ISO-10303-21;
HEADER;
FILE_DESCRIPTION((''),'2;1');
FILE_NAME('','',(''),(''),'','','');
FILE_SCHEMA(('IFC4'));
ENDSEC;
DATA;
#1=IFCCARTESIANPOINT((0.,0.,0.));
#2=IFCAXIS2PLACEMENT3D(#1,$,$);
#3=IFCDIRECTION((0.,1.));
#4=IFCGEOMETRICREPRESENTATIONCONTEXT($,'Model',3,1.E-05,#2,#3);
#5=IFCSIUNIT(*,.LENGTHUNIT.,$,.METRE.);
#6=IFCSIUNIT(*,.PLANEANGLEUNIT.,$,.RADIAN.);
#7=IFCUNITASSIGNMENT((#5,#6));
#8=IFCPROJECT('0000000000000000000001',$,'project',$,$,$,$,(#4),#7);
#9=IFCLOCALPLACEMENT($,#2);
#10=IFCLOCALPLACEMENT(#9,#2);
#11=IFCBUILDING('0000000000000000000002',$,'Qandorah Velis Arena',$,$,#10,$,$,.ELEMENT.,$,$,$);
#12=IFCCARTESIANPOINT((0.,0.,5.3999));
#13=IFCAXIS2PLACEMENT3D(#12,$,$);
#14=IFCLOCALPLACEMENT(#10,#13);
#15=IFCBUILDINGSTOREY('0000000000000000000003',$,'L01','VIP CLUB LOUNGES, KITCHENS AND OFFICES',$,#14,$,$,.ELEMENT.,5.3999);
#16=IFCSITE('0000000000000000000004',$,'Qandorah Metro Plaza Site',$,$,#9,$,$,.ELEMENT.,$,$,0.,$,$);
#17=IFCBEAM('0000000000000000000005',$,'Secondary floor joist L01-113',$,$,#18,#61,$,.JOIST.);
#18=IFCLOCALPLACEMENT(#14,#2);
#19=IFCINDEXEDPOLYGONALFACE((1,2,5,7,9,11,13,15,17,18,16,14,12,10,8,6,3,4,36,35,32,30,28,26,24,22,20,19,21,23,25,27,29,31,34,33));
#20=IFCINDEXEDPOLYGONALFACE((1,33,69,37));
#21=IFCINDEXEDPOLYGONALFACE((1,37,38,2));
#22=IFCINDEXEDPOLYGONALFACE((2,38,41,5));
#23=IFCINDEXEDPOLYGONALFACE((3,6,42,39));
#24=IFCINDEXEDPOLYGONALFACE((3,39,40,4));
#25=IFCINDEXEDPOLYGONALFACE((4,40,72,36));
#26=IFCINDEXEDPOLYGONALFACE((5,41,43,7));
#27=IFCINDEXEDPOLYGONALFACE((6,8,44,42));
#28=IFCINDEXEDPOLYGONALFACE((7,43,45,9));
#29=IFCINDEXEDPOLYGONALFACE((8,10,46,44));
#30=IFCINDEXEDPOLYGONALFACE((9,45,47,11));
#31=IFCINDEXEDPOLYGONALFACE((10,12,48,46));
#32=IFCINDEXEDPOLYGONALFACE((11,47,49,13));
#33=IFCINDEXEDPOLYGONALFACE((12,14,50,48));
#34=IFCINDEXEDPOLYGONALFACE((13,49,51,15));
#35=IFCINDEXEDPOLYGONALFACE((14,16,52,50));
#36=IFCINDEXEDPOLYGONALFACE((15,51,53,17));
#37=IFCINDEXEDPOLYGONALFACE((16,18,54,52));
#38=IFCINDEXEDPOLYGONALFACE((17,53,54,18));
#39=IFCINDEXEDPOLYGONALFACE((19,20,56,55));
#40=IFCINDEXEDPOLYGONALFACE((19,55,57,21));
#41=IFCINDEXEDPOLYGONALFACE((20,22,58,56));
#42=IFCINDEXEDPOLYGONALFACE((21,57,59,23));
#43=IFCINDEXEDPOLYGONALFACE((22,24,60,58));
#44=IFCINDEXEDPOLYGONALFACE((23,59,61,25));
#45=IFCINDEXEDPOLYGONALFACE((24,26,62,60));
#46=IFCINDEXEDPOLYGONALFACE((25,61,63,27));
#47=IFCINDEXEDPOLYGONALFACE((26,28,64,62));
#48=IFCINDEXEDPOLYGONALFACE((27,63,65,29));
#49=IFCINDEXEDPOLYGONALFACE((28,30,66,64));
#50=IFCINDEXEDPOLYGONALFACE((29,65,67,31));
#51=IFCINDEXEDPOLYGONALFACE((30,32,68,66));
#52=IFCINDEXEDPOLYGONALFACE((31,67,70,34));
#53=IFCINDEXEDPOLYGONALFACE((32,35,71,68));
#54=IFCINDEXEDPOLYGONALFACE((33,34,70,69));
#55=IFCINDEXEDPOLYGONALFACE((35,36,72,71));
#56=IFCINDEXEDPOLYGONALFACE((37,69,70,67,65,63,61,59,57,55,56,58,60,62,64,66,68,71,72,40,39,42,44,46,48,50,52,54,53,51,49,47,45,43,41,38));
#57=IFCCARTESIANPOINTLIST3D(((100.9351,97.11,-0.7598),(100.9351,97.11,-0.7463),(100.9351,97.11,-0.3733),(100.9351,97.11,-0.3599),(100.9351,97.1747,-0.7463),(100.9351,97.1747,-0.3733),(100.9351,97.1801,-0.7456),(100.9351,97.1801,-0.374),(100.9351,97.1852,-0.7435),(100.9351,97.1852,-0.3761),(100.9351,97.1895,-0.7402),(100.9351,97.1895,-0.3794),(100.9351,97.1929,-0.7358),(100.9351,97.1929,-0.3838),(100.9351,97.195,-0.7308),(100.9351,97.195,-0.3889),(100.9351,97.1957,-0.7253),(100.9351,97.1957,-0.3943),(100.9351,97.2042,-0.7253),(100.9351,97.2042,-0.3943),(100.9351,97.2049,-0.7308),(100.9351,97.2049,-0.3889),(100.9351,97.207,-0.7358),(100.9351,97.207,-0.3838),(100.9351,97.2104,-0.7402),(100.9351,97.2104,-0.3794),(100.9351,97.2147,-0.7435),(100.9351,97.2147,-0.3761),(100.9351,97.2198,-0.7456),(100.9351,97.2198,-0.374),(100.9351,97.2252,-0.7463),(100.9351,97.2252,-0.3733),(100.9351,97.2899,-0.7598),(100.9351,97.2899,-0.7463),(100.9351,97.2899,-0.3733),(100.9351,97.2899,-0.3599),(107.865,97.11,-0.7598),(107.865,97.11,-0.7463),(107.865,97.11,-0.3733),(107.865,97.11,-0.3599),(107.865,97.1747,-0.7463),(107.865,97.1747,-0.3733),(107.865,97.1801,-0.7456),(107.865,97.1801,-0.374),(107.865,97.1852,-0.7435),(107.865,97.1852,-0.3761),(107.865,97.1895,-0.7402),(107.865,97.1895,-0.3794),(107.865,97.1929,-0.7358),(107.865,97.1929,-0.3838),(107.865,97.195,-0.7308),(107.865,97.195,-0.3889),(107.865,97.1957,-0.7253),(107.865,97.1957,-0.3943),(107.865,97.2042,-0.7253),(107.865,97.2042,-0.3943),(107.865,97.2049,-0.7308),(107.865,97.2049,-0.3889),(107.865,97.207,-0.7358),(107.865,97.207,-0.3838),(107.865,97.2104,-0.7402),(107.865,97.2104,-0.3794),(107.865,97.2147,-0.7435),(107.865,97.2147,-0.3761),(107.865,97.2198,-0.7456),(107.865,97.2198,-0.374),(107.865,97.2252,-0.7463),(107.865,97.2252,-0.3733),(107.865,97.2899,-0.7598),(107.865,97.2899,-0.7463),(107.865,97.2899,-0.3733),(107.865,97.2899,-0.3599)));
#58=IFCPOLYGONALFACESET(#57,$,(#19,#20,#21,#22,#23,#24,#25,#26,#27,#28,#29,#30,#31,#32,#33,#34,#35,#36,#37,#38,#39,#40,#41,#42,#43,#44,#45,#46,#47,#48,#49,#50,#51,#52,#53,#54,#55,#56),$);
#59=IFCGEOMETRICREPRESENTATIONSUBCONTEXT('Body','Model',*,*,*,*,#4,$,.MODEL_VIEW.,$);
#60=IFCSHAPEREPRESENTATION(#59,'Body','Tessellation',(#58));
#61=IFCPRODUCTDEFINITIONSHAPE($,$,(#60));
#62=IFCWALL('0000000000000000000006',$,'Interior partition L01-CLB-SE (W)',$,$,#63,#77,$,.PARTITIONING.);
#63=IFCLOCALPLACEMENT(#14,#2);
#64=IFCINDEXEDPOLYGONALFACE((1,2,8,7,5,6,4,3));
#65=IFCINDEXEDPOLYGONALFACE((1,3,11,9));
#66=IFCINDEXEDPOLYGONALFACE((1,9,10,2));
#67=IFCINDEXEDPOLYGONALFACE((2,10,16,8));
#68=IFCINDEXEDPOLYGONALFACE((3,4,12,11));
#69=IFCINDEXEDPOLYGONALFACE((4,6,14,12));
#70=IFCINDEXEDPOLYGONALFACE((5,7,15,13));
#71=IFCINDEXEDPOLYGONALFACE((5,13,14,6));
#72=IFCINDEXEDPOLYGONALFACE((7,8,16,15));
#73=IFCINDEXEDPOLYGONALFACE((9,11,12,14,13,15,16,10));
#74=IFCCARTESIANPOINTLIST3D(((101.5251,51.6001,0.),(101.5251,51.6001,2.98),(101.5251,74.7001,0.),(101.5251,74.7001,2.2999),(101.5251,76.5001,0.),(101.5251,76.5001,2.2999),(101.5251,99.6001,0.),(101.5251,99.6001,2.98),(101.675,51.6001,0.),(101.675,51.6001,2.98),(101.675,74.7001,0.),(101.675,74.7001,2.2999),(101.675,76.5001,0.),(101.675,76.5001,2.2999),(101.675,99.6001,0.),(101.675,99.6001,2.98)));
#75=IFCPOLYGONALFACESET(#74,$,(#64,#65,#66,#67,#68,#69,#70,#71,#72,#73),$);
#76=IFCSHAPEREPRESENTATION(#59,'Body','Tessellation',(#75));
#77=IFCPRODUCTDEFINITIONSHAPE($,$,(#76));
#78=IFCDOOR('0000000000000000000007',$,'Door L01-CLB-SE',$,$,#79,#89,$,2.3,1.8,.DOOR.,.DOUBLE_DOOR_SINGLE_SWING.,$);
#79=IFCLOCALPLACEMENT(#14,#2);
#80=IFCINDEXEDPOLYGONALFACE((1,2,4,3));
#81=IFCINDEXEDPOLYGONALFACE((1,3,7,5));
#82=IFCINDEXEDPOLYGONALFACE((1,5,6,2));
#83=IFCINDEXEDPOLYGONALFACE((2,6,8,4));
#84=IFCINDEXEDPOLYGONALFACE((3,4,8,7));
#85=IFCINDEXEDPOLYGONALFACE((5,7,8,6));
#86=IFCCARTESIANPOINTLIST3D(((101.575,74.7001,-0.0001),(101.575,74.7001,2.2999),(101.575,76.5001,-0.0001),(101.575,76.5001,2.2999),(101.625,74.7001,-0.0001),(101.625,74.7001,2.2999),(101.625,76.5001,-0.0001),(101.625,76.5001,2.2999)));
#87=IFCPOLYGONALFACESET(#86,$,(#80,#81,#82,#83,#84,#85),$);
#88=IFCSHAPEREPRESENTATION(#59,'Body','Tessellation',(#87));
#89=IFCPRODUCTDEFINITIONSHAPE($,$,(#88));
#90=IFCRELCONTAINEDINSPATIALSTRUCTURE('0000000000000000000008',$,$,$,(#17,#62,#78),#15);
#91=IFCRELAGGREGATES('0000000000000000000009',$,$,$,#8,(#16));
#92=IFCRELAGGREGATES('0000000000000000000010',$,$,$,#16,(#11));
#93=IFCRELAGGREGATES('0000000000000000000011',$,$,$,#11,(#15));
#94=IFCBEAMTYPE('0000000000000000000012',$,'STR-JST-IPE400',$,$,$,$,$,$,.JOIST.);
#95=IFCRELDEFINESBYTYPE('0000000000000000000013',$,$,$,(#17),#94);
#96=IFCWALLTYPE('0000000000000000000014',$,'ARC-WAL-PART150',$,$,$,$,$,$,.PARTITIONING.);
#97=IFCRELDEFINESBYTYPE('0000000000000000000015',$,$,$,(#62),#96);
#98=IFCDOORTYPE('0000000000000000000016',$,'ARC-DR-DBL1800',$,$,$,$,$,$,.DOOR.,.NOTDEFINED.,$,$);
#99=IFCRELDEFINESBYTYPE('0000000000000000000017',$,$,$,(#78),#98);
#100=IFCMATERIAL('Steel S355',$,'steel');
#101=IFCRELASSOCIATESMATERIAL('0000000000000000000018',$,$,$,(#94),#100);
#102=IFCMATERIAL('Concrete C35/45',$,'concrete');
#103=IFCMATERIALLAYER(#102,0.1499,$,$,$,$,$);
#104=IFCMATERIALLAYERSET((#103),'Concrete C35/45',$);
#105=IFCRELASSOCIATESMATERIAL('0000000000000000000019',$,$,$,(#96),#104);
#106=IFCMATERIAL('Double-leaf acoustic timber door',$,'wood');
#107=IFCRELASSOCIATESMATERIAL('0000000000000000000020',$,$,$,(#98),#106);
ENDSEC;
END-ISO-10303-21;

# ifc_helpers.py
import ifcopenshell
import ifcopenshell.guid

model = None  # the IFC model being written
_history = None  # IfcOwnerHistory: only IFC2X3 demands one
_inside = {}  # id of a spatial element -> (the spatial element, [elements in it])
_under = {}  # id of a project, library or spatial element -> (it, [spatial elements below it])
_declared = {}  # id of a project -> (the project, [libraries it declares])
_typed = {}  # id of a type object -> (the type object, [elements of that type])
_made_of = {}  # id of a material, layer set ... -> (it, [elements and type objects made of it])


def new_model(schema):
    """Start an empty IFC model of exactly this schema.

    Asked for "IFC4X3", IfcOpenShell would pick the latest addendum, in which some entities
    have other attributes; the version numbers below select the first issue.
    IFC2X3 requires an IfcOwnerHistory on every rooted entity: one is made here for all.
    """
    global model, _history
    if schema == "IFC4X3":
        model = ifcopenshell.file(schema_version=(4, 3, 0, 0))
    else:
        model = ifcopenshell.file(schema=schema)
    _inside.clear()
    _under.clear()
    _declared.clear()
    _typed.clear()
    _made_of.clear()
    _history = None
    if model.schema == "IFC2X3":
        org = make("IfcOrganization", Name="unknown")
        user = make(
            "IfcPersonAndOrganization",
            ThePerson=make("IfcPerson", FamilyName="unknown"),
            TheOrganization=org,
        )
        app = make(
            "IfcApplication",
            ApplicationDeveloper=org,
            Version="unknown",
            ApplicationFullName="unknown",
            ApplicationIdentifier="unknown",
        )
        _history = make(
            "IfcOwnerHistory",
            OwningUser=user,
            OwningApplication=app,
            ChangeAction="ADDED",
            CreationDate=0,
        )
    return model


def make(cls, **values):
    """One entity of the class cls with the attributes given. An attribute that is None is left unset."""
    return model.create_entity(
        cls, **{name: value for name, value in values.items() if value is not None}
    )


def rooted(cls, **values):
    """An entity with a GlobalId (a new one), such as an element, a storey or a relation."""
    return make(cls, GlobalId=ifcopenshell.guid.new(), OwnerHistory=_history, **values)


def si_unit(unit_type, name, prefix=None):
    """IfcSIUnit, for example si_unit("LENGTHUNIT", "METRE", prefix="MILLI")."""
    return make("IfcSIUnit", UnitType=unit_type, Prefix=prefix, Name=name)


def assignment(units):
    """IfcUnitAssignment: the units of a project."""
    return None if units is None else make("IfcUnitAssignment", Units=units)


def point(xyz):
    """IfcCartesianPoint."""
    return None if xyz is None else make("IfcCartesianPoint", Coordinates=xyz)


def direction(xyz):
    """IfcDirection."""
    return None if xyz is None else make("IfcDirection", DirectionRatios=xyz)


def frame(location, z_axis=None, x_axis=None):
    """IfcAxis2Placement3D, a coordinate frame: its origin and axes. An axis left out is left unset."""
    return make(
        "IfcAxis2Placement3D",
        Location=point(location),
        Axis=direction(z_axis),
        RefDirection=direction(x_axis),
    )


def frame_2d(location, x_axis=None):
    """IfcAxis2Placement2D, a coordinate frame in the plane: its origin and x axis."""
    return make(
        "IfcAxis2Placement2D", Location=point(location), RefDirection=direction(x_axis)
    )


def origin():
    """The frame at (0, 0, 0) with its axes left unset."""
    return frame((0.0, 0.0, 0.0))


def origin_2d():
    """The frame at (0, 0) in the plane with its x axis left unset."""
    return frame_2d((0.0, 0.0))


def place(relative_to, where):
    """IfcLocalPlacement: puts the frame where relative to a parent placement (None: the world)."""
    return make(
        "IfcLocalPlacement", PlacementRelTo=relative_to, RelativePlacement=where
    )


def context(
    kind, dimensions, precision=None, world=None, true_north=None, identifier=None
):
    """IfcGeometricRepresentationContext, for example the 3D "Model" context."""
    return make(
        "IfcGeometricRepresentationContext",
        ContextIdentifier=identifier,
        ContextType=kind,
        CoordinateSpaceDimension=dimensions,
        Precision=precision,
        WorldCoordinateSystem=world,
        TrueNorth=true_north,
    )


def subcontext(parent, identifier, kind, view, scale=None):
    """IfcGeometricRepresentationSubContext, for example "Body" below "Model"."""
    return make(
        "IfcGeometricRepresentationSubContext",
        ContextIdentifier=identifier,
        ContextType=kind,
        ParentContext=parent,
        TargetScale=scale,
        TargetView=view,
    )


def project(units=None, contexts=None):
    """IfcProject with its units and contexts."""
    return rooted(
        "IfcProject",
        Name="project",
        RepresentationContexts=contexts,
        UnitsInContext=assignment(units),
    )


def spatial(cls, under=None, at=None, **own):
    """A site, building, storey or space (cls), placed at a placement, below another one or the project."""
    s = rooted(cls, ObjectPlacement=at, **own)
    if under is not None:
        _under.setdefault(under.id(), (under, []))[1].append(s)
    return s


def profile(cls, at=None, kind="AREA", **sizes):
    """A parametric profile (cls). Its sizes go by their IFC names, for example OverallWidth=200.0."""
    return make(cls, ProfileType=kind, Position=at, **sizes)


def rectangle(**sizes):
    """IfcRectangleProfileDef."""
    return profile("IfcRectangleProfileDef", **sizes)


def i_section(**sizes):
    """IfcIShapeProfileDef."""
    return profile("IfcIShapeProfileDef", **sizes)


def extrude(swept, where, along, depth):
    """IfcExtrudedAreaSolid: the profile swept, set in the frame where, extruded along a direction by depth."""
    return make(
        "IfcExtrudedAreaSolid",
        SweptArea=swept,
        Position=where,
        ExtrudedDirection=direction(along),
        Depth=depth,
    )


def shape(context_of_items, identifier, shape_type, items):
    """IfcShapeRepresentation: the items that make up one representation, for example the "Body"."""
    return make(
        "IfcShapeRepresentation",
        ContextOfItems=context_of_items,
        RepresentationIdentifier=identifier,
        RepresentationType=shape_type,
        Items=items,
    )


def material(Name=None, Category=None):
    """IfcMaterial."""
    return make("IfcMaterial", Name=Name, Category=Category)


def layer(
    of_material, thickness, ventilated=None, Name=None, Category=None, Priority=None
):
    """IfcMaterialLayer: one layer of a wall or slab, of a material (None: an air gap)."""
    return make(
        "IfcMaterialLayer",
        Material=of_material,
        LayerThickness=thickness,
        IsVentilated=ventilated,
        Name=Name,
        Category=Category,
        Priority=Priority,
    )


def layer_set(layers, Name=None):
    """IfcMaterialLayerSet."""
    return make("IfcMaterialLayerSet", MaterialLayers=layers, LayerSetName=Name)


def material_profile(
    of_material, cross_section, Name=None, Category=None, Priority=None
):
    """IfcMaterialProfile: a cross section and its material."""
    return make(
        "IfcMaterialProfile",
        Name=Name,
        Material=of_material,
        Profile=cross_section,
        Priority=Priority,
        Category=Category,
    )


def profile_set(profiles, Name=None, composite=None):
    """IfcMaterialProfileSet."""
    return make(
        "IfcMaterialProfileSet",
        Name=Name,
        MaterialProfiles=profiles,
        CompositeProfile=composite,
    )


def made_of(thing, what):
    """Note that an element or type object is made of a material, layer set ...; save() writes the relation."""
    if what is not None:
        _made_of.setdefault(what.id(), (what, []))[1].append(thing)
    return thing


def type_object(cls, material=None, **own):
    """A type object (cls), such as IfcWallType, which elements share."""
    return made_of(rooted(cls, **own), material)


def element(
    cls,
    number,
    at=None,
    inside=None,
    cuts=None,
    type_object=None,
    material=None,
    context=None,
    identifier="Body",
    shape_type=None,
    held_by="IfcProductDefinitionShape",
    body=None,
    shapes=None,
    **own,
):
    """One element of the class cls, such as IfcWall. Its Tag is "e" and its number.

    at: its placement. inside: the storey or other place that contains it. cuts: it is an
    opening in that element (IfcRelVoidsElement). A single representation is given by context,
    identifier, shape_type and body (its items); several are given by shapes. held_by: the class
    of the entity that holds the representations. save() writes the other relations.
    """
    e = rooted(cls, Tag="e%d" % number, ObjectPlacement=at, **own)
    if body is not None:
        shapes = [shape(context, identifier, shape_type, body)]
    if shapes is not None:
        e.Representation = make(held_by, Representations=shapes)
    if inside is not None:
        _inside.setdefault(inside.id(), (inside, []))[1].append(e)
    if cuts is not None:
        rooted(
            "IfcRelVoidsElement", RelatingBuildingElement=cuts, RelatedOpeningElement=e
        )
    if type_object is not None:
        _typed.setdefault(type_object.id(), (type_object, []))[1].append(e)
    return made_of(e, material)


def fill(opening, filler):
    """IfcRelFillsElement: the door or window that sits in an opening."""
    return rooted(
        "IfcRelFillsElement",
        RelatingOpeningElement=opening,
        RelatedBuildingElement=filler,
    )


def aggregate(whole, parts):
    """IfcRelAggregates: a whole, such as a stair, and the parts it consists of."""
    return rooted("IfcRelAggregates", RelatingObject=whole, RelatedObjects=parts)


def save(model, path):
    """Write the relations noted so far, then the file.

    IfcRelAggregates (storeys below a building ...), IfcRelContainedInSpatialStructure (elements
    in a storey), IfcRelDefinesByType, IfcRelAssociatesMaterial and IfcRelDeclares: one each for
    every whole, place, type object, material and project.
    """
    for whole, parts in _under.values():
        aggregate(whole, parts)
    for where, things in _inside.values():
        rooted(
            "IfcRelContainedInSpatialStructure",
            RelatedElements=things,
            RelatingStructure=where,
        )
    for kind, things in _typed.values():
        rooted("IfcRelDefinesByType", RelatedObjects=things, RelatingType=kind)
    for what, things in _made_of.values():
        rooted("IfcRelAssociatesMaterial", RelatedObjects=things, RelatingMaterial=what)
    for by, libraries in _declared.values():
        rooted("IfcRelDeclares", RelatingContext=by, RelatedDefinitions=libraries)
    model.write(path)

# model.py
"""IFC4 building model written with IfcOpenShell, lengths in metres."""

from ifc_helpers import new_model, si_unit, direction, frame, frame_2d, origin, origin_2d, place, context, subcontext, project, spatial, rectangle, i_section, extrude, material, layer, layer_set, material_profile, profile_set, type_object, element, fill, save


model = new_model("IFC4")

# Units and contexts
model_context = context("Model", 3, precision=1e-05, world=origin(), true_north=direction((0.0, 1.0)))
body_context = subcontext(model_context, "Body", "Model", "MODEL_VIEW")
ifc_project = project(units=[si_unit("LENGTHUNIT", "METRE"), si_unit("PLANEANGLEUNIT", "RADIAN")], contexts=[model_context])

# Site, building, storey
site_placement = place(None, origin())
site = spatial("IfcSite", under=ifc_project, at=site_placement, Name="Qandorah Metro Plaza Site", CompositionType="ELEMENT", RefElevation=0.0)
building_placement = place(site_placement, origin())
building = spatial("IfcBuilding", under=site, at=building_placement, Name="Qandorah Velis Arena", CompositionType="ELEMENT")
storey_placement = place(building_placement, frame((0.0, 0.0, 5.3999)))
storey = spatial("IfcBuildingStorey", under=building, at=storey_placement, Name="L01", Description="VIP CLUB LOUNGES, KITCHENS AND OFFICES", CompositionType="ELEMENT", Elevation=5.3999)

# Beam
ifc_material_1 = material(Name="Steel S355", Category="steel")
ifc_material_profile_1 = material_profile(ifc_material_1, i_section(OverallWidth=0.1799, OverallDepth=0.3999, WebThickness=0.0085, FlangeThickness=0.0134, FilletRadius=0.021, at=origin_2d()), Name="IPE 400")
ifc_profile_set_1 = profile_set([ifc_material_profile_1], Name="Steel S355")
beam_type_1 = type_object("IfcBeamType", Name="STR-JST-IPE400", PredefinedType="JOIST", material=ifc_profile_set_1)
beam_1_placement = place(storey_placement, frame((100.9351, 97.2, -0.5598), z_axis=(1.0, 0.0, 0.0), x_axis=(0.0, 1.0, 0.0)))
element("IfcBeam", 1, at=beam_1_placement, inside=storey, type_object=beam_type_1, Name="Secondary floor joist L01-113", PredefinedType="JOIST", context=body_context, shape_type="SweptSolid", body=[
    extrude(i_section(OverallWidth=0.1799, OverallDepth=0.3999, WebThickness=0.0085, FlangeThickness=0.0134, FilletRadius=0.021, at=origin_2d()), origin(), (0.0, 0.0, 1.0), 6.9299),
])

# Wall, opening, door
ifc_material_2 = material(Name="Concrete C35/45", Category="concrete")
ifc_layer = layer(ifc_material_2, 0.1499)
ifc_layer_set = layer_set([ifc_layer], Name="Concrete C35/45")
wall_type = type_object("IfcWallType", Name="ARC-WAL-PART150", PredefinedType="PARTITIONING", material=ifc_layer_set)
wall_placement = place(storey_placement, frame((101.6001, 99.6001, 0.0), z_axis=(0.0, 0.0, 1.0), x_axis=(0.0, -1.0, 0.0)))
wall = element("IfcWall", 2, at=wall_placement, inside=storey, type_object=wall_type, Name="Interior partition L01-CLB-SE (W)", PredefinedType="PARTITIONING", context=body_context, shape_type="SweptSolid", body=[
    extrude(rectangle(XDim=48.0, YDim=0.1499, at=frame_2d((24.0, 0.0))), origin(), (0.0, 0.0, 1.0), 2.98),
])
opening_placement = place(wall_placement, frame((23.1001, 0.0, 0.0)))
opening = element("IfcOpeningElement", 3, at=opening_placement, cuts=wall, PredefinedType="OPENING", context=body_context, shape_type="SweptSolid", body=[
    extrude(rectangle(XDim=1.8, YDim=2.3, at=frame_2d((0.8999, 1.1499))), frame((0.0, 0.085, 0.0), z_axis=(0.0, -1.0, 0.0), x_axis=(1.0, 0.0, 0.0)), (0.0, 0.0, 1.0), 0.1699),
])
ifc_material_3 = material(Name="Double-leaf acoustic timber door", Category="wood")
door_type = type_object("IfcDoorType", Name="ARC-DR-DBL1800", OperationType="NOTDEFINED", PredefinedType="DOOR", material=ifc_material_3)
door_placement = place(opening_placement, origin())
door = element("IfcDoor", 4, at=door_placement, inside=storey, type_object=door_type, Name="Door L01-CLB-SE", OperationType="DOUBLE_DOOR_SINGLE_SWING", OverallHeight=2.3, OverallWidth=1.8, PredefinedType="DOOR", context=body_context, shape_type="SweptSolid", body=[
    extrude(rectangle(XDim=1.8, YDim=2.3, at=frame_2d((0.8999, 1.1499))), frame((0.0, 0.0249, 0.0), z_axis=(0.0, -1.0, 0.0), x_axis=(1.0, 0.0, 0.0)), (0.0, 0.0, 1.0), 0.05),
])
fill(opening, door)

save(model, "model.ifc")
